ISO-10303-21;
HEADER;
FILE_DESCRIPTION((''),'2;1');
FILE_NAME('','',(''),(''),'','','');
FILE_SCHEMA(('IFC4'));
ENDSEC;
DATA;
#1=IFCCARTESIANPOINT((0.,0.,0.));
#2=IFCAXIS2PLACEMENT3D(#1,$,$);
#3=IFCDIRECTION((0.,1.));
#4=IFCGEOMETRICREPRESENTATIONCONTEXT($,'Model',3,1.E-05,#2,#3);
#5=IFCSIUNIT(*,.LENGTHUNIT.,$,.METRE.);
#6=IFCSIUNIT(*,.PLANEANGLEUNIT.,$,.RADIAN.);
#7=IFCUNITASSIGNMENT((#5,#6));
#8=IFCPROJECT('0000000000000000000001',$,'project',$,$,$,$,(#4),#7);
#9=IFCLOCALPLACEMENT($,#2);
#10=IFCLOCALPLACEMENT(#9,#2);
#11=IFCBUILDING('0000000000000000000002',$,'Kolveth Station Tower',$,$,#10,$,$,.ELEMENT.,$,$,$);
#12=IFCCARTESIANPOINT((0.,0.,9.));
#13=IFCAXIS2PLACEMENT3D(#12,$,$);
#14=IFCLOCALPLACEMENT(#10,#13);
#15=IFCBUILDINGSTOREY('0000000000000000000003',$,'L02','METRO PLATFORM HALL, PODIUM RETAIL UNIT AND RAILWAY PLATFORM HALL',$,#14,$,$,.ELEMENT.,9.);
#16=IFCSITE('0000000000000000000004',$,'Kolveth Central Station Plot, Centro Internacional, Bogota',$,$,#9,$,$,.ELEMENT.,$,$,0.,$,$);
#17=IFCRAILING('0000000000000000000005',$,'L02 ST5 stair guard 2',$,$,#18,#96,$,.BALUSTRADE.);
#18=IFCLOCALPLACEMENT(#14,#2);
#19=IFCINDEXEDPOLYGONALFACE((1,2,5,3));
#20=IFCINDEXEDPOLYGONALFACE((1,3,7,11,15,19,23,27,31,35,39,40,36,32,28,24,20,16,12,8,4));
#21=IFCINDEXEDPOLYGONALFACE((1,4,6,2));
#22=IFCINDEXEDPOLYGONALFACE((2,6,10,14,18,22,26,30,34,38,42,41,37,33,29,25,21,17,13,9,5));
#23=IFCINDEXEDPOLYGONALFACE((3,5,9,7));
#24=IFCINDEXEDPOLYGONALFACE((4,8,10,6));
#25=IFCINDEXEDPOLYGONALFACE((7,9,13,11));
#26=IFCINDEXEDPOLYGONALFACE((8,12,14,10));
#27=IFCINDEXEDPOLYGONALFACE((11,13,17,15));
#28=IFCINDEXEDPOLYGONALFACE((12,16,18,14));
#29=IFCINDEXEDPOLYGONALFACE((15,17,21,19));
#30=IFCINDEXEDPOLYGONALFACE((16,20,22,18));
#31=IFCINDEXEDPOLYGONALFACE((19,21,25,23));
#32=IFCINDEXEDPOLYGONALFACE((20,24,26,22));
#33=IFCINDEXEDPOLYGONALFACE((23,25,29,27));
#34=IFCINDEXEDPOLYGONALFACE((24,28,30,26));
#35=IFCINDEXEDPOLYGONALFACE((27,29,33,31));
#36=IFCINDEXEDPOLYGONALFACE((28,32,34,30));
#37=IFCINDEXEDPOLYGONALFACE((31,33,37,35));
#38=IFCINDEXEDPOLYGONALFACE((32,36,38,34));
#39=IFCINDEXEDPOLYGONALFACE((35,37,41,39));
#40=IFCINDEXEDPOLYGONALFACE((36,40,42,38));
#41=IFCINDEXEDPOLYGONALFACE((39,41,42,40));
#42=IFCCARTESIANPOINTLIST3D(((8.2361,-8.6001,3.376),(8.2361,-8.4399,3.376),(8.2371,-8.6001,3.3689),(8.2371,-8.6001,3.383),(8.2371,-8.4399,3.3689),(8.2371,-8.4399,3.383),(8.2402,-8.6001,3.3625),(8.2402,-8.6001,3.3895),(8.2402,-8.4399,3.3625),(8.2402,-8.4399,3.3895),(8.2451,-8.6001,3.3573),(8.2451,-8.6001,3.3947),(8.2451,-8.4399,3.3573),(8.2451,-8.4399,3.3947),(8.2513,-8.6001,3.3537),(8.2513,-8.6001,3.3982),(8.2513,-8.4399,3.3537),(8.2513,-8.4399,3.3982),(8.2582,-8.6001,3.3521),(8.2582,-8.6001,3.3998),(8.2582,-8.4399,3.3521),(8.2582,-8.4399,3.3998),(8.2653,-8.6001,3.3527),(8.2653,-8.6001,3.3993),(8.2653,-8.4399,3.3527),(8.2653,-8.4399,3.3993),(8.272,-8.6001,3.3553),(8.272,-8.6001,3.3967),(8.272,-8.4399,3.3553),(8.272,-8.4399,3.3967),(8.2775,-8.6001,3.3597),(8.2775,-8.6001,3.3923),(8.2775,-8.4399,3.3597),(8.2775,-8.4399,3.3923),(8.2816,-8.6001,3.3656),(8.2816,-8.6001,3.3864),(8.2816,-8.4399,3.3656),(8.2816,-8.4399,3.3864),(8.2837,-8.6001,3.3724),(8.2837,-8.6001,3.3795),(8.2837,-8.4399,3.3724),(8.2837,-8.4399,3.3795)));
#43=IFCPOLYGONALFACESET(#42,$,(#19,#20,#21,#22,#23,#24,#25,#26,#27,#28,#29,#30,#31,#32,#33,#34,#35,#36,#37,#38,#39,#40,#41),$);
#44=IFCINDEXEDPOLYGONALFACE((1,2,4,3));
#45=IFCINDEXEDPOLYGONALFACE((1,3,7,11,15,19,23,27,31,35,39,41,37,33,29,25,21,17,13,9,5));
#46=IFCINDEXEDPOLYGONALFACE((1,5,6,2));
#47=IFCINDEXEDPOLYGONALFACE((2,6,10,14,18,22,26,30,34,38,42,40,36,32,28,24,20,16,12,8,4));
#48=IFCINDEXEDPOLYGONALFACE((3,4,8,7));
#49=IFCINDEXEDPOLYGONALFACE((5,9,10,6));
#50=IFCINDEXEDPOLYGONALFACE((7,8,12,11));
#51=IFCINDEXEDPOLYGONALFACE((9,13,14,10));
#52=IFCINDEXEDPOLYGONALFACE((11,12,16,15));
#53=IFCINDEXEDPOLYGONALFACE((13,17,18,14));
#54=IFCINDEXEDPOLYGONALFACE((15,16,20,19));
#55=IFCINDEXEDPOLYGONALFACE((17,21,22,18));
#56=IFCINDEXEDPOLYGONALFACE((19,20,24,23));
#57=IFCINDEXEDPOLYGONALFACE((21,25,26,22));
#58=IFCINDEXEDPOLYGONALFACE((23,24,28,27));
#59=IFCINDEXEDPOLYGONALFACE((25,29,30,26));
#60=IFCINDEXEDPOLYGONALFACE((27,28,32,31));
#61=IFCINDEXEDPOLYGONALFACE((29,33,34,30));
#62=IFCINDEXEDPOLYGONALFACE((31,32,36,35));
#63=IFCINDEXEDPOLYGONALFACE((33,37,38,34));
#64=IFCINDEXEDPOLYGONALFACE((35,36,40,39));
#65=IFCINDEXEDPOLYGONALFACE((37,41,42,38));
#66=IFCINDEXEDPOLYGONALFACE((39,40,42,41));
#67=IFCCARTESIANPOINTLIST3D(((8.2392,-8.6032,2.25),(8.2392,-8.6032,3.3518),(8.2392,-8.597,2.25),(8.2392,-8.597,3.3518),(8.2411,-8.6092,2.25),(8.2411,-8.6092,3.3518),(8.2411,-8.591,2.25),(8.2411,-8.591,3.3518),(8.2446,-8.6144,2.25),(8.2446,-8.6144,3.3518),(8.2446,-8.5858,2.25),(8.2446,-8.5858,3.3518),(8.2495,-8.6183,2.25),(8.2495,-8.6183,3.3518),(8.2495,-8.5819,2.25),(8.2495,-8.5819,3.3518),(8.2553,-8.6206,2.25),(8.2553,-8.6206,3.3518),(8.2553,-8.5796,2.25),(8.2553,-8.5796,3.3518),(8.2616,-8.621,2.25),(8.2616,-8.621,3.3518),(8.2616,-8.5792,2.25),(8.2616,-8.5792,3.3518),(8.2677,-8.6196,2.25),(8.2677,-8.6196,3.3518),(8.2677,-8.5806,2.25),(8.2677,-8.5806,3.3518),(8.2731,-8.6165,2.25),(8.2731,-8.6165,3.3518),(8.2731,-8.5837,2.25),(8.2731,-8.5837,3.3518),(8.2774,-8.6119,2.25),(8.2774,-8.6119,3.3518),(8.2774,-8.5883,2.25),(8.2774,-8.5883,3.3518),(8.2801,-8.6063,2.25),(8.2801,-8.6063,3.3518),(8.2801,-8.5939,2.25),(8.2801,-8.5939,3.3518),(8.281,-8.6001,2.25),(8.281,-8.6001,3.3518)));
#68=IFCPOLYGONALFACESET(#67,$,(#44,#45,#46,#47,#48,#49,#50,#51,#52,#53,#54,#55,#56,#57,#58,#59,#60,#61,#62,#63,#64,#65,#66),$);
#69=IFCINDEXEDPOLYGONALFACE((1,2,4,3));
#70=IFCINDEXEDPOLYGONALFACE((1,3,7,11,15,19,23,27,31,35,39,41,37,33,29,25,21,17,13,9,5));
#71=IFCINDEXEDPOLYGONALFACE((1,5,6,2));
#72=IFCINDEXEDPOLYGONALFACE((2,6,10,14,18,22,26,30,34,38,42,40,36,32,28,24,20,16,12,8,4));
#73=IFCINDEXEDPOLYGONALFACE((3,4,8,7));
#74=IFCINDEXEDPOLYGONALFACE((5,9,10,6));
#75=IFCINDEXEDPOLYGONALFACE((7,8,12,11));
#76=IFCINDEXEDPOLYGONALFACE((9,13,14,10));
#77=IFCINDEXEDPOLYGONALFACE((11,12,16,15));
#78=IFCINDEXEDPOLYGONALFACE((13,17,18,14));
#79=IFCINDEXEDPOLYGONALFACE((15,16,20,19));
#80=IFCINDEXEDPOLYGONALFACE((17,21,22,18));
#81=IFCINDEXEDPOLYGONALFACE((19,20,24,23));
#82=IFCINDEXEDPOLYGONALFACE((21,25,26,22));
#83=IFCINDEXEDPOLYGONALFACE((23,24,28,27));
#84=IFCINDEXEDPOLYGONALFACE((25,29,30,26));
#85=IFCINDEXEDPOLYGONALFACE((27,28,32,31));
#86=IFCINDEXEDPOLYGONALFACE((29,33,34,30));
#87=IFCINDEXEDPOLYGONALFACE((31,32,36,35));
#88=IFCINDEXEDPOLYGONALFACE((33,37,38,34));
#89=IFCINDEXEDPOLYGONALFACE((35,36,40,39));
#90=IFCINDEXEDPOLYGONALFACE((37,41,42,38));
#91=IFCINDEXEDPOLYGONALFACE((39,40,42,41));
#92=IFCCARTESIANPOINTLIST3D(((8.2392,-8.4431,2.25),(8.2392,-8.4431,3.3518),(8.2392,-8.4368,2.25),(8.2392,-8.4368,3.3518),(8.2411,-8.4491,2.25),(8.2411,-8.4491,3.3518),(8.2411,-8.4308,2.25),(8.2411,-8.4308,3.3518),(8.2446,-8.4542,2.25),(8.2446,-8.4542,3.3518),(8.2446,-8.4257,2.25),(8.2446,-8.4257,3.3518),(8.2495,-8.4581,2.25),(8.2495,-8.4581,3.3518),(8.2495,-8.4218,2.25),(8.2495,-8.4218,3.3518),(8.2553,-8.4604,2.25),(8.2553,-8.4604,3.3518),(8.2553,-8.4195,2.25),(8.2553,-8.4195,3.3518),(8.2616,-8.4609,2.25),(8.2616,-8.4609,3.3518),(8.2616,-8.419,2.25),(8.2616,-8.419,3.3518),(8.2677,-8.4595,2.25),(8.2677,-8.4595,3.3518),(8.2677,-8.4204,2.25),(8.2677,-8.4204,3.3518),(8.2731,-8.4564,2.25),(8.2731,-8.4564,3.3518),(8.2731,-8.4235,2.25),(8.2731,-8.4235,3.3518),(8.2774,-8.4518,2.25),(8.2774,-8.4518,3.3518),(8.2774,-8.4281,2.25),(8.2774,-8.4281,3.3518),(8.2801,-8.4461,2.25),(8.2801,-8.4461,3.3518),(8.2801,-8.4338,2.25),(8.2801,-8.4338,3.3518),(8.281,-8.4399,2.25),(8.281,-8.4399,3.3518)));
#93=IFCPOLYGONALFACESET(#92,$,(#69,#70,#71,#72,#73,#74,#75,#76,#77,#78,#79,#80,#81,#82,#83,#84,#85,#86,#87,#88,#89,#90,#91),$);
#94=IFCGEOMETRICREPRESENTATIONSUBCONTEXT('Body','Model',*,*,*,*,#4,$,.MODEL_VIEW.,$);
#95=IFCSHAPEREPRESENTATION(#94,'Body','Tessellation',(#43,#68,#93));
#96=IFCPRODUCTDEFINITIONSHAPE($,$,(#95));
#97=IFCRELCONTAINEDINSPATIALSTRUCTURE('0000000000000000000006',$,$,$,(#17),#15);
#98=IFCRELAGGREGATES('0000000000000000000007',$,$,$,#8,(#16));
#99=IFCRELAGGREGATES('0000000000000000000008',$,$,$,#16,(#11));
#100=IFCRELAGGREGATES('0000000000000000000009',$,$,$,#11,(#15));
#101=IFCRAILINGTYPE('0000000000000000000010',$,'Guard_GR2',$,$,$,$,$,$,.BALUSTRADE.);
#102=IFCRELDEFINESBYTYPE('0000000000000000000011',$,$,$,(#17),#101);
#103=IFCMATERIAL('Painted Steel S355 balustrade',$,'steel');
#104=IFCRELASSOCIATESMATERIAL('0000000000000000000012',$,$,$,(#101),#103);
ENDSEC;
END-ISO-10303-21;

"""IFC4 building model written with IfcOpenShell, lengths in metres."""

from ifc_helpers import new_model, si_unit, direction, frame, origin, origin_2d, place, context, subcontext, project, spatial, circle, extrude, material, type_object, element, save


model = new_model("IFC4")

# Units and contexts
model_context = context("Model", 3, precision=1e-05, world=origin(), true_north=direction((0.0, 1.0)))
body_context = subcontext(model_context, "Body", "Model", "MODEL_VIEW")
ifc_project = project(units=[si_unit("LENGTHUNIT", "METRE"), si_unit("PLANEANGLEUNIT", "RADIAN")], contexts=[model_context])

# Site, building, storey
site_placement = place(None, origin())
site = spatial("IfcSite", under=ifc_project, at=site_placement, Name="Kolveth Central Station Plot, Centro Internacional, Bogota", CompositionType="ELEMENT", RefElevation=0.0)
building_placement = place(site_placement, origin())
building = spatial("IfcBuilding", under=site, at=building_placement, Name="Kolveth Station Tower", CompositionType="ELEMENT")
storey_placement = place(building_placement, frame((0.0, 0.0, 9.0)))
storey = spatial("IfcBuildingStorey", under=building, at=storey_placement, Name="L02", Description="METRO PLATFORM HALL, PODIUM RETAIL UNIT AND RAILWAY PLATFORM HALL", CompositionType="ELEMENT", Elevation=9.0)

# Railing
ifc_material_1 = material(Name="Painted Steel S355 balustrade", Category="steel")
railing_type_1 = type_object("IfcRailingType", Name="Guard_GR2", PredefinedType="BALUSTRADE", material=ifc_material_1)
railing_1_placement = place(storey_placement, frame((8.26, -8.6001, 2.25)))
element("IfcRailing", 1, at=railing_1_placement, inside=storey, type_object=railing_type_1, Name="L02 ST5 stair guard 2", PredefinedType="BALUSTRADE", context=body_context, shape_type="SweptSolid", body=[
    extrude(circle(Radius=0.0239, at=origin_2d()), frame((0.0, 0.0, 1.126), z_axis=(0.0, 1.0, 0.0), x_axis=(-1.0, 0.0, 0.0)), (0.0, 0.0, 1.0), 0.1602),
    extrude(circle(Radius=0.021, at=origin_2d()), origin(), (0.0, 0.0, 1.0), 1.1018),
    extrude(circle(Radius=0.021, at=origin_2d()), frame((0.0, 0.1602, 0.0)), (0.0, 0.0, 1.0), 1.1018),
])

save(model, "model.ifc")
